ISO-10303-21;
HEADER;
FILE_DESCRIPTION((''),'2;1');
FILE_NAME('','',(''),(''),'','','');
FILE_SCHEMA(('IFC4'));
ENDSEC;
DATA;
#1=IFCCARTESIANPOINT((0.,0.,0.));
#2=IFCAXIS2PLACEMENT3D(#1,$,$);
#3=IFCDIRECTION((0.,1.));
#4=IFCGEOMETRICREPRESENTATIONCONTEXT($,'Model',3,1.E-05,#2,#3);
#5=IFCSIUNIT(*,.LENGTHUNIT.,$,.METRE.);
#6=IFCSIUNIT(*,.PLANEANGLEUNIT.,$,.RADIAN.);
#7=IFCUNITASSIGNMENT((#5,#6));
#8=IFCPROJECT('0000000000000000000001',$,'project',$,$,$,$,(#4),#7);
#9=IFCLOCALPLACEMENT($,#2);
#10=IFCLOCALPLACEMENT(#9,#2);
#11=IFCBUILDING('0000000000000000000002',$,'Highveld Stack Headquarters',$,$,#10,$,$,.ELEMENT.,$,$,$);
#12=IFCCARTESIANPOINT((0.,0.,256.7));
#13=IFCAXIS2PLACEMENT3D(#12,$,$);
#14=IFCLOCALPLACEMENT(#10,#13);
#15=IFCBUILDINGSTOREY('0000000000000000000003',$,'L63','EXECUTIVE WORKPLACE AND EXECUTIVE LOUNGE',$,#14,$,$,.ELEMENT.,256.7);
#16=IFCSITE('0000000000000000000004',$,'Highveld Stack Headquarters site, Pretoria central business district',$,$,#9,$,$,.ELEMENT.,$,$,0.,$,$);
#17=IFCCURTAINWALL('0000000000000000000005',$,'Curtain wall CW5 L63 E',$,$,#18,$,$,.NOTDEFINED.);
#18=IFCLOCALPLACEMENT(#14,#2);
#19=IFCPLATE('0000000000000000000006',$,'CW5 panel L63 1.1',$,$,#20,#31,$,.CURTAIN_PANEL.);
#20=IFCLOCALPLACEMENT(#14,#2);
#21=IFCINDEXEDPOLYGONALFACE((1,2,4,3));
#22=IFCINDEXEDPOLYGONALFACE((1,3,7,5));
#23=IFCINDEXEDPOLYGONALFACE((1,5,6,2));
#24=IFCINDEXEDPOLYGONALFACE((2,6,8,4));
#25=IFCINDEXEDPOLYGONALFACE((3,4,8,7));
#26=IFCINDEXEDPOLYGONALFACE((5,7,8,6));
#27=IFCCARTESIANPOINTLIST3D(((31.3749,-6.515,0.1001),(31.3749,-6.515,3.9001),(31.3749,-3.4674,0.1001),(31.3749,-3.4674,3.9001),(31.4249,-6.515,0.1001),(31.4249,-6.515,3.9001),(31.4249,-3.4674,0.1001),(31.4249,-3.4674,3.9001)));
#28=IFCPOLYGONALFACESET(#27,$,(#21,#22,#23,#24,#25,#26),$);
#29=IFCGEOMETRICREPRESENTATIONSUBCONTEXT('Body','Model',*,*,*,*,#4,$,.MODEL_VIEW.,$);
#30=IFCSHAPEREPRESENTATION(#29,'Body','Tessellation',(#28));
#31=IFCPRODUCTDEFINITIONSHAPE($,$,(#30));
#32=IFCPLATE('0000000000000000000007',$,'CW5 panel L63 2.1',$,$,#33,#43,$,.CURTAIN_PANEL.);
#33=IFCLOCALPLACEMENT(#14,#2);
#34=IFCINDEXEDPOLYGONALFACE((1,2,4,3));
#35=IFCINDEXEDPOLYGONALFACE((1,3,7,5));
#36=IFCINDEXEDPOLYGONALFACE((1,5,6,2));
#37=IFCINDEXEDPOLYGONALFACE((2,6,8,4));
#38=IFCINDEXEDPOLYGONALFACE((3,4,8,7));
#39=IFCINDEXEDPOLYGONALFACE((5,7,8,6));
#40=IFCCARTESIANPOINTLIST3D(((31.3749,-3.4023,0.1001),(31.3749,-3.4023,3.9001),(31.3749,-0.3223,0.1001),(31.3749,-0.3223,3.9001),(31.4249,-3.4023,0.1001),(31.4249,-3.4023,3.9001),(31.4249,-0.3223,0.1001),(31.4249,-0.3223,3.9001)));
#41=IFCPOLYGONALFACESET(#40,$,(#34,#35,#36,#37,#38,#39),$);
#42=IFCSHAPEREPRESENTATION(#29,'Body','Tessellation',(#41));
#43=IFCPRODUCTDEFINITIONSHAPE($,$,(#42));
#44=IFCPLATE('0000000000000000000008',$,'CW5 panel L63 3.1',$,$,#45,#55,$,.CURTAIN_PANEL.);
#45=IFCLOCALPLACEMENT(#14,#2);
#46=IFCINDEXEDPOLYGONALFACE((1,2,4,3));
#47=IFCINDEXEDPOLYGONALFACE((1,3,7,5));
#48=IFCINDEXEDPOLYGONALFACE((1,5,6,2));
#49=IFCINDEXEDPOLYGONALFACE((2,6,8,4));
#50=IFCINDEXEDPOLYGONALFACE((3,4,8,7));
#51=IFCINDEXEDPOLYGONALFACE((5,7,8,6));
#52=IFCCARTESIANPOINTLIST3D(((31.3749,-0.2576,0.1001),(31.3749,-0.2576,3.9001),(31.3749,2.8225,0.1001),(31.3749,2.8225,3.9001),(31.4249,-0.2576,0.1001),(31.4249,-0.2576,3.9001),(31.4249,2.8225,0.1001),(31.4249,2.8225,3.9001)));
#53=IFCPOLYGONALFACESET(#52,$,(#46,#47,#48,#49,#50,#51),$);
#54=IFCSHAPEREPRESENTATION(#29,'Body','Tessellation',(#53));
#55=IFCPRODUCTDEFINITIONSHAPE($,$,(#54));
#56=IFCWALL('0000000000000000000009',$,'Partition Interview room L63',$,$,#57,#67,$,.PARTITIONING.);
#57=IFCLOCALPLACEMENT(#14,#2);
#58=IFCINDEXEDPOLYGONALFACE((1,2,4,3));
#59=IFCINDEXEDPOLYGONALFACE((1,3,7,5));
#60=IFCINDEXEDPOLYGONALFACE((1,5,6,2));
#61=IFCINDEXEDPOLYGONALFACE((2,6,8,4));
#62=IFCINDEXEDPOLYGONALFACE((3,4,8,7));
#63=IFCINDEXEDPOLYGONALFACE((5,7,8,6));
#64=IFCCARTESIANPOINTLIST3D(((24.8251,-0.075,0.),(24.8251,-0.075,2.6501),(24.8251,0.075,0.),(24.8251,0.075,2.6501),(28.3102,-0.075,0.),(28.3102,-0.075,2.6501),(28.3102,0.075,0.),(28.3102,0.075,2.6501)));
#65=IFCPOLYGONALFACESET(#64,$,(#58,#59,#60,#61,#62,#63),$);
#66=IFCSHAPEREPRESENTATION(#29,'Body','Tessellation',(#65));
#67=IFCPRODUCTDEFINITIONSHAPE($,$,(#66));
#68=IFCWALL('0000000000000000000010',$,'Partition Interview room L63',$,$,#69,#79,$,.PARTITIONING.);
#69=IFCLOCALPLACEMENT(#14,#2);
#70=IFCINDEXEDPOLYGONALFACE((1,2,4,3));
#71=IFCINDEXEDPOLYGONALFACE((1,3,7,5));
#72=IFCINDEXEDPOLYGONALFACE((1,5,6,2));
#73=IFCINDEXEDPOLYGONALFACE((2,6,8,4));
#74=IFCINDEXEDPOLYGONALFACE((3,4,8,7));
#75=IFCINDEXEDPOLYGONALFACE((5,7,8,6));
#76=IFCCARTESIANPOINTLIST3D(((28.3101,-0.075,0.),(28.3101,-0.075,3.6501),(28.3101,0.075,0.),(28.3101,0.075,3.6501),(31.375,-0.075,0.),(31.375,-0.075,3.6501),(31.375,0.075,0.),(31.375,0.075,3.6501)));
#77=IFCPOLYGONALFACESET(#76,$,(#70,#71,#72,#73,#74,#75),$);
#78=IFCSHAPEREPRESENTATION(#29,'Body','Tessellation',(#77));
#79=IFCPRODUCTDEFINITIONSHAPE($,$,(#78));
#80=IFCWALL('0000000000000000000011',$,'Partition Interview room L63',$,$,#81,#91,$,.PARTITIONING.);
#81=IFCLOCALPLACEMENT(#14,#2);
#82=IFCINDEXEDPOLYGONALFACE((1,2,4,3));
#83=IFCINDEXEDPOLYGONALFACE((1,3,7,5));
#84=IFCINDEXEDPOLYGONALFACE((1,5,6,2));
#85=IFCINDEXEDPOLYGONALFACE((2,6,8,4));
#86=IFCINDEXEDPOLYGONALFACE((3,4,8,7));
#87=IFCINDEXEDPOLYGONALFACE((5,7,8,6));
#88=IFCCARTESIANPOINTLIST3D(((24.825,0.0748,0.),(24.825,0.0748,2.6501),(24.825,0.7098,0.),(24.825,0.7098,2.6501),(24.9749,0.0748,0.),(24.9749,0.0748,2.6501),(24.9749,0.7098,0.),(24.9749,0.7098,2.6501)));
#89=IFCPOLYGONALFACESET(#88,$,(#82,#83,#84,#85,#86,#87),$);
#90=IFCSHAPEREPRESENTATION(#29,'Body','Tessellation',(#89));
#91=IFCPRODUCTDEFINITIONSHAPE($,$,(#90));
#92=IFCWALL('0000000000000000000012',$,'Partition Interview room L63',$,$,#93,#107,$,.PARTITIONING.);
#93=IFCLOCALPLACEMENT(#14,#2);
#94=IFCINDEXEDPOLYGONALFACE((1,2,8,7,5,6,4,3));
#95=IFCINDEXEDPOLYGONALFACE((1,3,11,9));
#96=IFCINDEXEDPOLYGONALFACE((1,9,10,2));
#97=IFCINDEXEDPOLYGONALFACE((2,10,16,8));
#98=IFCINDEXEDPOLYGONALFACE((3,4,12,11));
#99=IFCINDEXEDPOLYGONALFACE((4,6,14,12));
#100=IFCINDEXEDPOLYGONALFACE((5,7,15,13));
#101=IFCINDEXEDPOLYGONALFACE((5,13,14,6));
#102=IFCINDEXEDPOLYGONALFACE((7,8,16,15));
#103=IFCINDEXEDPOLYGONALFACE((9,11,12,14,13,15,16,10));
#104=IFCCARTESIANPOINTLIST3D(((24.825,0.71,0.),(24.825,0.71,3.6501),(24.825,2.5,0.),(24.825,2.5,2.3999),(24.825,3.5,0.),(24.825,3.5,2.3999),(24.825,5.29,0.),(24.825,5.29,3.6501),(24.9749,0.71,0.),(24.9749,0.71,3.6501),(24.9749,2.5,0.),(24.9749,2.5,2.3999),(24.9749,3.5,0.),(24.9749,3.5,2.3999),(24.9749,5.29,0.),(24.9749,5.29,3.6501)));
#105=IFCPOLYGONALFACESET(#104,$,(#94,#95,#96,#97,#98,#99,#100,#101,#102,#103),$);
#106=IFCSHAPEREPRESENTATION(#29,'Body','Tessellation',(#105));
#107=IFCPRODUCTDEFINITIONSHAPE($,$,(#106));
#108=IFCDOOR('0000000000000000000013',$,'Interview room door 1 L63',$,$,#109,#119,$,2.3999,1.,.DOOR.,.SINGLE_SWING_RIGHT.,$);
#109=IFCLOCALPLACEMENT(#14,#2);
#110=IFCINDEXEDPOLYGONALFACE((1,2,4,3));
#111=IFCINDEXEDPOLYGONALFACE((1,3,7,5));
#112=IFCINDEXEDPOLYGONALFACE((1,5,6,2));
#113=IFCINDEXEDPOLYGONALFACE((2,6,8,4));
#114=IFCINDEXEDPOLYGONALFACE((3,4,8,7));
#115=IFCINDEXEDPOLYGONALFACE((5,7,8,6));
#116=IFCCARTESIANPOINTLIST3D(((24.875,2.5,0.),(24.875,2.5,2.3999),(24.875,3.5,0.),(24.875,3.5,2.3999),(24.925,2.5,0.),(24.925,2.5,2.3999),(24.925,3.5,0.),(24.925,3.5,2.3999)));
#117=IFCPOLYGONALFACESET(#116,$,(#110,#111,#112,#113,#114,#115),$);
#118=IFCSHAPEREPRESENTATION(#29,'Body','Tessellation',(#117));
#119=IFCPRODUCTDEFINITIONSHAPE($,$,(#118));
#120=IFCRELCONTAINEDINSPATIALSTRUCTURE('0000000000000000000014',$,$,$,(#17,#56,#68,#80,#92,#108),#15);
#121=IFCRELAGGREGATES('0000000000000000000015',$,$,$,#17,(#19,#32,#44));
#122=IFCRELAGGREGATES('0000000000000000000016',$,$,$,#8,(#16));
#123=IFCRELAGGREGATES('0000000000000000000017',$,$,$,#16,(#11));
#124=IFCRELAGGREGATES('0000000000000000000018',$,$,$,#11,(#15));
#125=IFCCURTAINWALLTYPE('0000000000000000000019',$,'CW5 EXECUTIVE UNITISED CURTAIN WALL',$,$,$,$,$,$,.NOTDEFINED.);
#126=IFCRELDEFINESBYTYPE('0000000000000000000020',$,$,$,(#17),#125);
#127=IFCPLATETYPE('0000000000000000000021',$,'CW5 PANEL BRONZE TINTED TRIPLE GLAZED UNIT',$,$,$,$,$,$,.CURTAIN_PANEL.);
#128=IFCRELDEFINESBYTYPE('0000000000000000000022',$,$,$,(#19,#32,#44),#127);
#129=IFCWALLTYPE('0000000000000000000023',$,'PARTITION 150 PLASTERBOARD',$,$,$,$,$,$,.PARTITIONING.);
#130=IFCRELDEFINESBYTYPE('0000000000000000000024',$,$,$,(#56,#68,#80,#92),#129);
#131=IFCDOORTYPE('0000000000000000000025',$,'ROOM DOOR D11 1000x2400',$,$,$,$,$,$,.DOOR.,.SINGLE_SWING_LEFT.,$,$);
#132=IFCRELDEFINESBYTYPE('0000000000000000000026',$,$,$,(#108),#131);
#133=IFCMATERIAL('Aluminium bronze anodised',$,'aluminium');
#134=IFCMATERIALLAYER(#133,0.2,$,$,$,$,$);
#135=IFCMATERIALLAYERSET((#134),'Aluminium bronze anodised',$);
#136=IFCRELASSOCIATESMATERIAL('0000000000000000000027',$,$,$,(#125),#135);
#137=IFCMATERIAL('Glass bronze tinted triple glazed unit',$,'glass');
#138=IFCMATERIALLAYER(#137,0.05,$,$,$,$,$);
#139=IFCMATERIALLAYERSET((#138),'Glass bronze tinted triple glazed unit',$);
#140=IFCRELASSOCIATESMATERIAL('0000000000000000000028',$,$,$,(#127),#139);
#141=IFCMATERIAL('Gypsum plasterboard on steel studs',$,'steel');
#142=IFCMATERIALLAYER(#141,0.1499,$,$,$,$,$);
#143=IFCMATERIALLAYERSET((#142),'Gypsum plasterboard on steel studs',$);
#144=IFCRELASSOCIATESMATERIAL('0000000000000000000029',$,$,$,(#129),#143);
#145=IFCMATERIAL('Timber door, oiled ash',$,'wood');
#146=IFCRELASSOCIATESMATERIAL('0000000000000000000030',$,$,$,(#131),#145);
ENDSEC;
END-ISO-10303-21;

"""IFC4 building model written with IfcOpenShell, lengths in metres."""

from ifc_helpers import new_model, si_unit, direction, frame, frame_2d, origin, origin_2d, place, context, subcontext, project, spatial, rectangle, extrude, material, layer, layer_set, type_object, element, fill, aggregate, save


model = new_model("IFC4")

# Units and contexts
model_context = context("Model", 3, precision=1e-05, world=origin(), true_north=direction((0.0, 1.0)))
body_context = subcontext(model_context, "Body", "Model", "MODEL_VIEW")
ifc_project = project(units=[si_unit("LENGTHUNIT", "METRE"), si_unit("PLANEANGLEUNIT", "RADIAN")], contexts=[model_context])

# Site, building, storey
site_placement = place(None, origin())
site = spatial("IfcSite", under=ifc_project, at=site_placement, Name="Highveld Stack Headquarters site, Pretoria central business district", CompositionType="ELEMENT", RefElevation=0.0)
building_placement = place(site_placement, origin())
building = spatial("IfcBuilding", under=site, at=building_placement, Name="Highveld Stack Headquarters", CompositionType="ELEMENT")
storey_placement = place(building_placement, frame((0.0, 0.0, 256.7)))
storey = spatial("IfcBuildingStorey", under=building, at=storey_placement, Name="L63", Description="EXECUTIVE WORKPLACE AND EXECUTIVE LOUNGE", CompositionType="ELEMENT", Elevation=256.7)

# Curtain wall
ifc_material_1 = material(Name="Aluminium bronze anodised", Category="aluminium")
ifc_layer_1 = layer(ifc_material_1, 0.2)
ifc_layer_set_1 = layer_set([ifc_layer_1], Name="Aluminium bronze anodised")
curtain_wall_type = type_object("IfcCurtainWallType", Name="CW5 EXECUTIVE UNITISED CURTAIN WALL", PredefinedType="NOTDEFINED", material=ifc_layer_set_1)
curtain_wall_placement = place(storey_placement, origin())
curtain_wall = element("IfcCurtainWall", 1, at=curtain_wall_placement, inside=storey, type_object=curtain_wall_type, Name="Curtain wall CW5 L63 E", PredefinedType="NOTDEFINED")

# Plates
ifc_material_2 = material(Name="Glass bronze tinted triple glazed unit", Category="glass")
ifc_layer_2 = layer(ifc_material_2, 0.05)
ifc_layer_set_2 = layer_set([ifc_layer_2], Name="Glass bronze tinted triple glazed unit")
plate_type = type_object("IfcPlateType", Name="CW5 PANEL BRONZE TINTED TRIPLE GLAZED UNIT", PredefinedType="CURTAIN_PANEL", material=ifc_layer_set_2)
plate_1_placement = place(storey_placement, frame((31.3999, -4.9912, 0.1001), z_axis=(0.0, 0.0, 1.0), x_axis=(0.0, 1.0, 0.0)))
plate_1 = element("IfcPlate", 2, at=plate_1_placement, type_object=plate_type, Name="CW5 panel L63 1.1", PredefinedType="CURTAIN_PANEL", context=body_context, shape_type="SweptSolid", body=[
    extrude(rectangle(XDim=3.0476, YDim=0.05, at=origin_2d()), origin(), (0.0, 0.0, 1.0), 3.8),
])
plate_2_placement = place(storey_placement, frame((31.3999, -1.8623, 0.1001), z_axis=(0.0, 0.0, 1.0), x_axis=(0.0, 1.0, 0.0)))
plate_2 = element("IfcPlate", 3, at=plate_2_placement, type_object=plate_type, Name="CW5 panel L63 2.1", PredefinedType="CURTAIN_PANEL", context=body_context, shape_type="SweptSolid", body=[
    extrude(rectangle(XDim=3.0801, YDim=0.05, at=origin_2d()), origin(), (0.0, 0.0, 1.0), 3.8),
])
plate_3_placement = place(storey_placement, frame((31.3999, 1.2825, 0.1001), z_axis=(0.0, 0.0, 1.0), x_axis=(0.0, 1.0, 0.0)))
plate_3 = element("IfcPlate", 4, at=plate_3_placement, type_object=plate_type, Name="CW5 panel L63 3.1", PredefinedType="CURTAIN_PANEL", context=body_context, shape_type="SweptSolid", body=[
    extrude(rectangle(XDim=3.0801, YDim=0.05, at=origin_2d()), origin(), (0.0, 0.0, 1.0), 3.8),
])
aggregate(curtain_wall, [plate_1, plate_2, plate_3])

# Walls
ifc_material_3 = material(Name="Gypsum plasterboard on steel studs", Category="steel")
ifc_layer_3 = layer(ifc_material_3, 0.1499)
ifc_layer_set_3 = layer_set([ifc_layer_3], Name="Gypsum plasterboard on steel studs")
wall_type = type_object("IfcWallType", Name="PARTITION 150 PLASTERBOARD", PredefinedType="PARTITIONING", material=ifc_layer_set_3)
wall_1_placement = place(storey_placement, frame((24.825, 0.0, 0.0), z_axis=(0.0, 0.0, 1.0), x_axis=(1.0, 0.0, 0.0)))
element("IfcWall", 5, at=wall_1_placement, inside=storey, type_object=wall_type, Name="Partition Interview room L63", PredefinedType="PARTITIONING", context=body_context, shape_type="SweptSolid", body=[
    extrude(rectangle(XDim=3.4851, YDim=0.1499, at=frame_2d((1.7427, 0.0))), origin(), (0.0, 0.0, 1.0), 2.6501),
])
wall_2_placement = place(storey_placement, frame((28.3101, 0.0, 0.0), z_axis=(0.0, 0.0, 1.0), x_axis=(1.0, 0.0, 0.0)))
element("IfcWall", 6, at=wall_2_placement, inside=storey, type_object=wall_type, Name="Partition Interview room L63", PredefinedType="PARTITIONING", context=body_context, shape_type="SweptSolid", body=[
    extrude(rectangle(XDim=3.0649, YDim=0.1499, at=frame_2d((1.5325, 0.0))), origin(), (0.0, 0.0, 1.0), 3.6501),
])
wall_3_placement = place(storey_placement, frame((24.8999, 0.075, 0.0), z_axis=(0.0, 0.0, 1.0), x_axis=(0.0, 1.0, 0.0)))
element("IfcWall", 7, at=wall_3_placement, inside=storey, type_object=wall_type, Name="Partition Interview room L63", PredefinedType="PARTITIONING", context=body_context, shape_type="SweptSolid", body=[
    extrude(rectangle(XDim=0.635, YDim=0.1499, at=frame_2d((0.3174, 0.0))), origin(), (0.0, 0.0, 1.0), 2.6501),
])

# Wall, opening, door
wall_4_placement = place(storey_placement, frame((24.8999, 0.71, 0.0), z_axis=(0.0, 0.0, 1.0), x_axis=(0.0, 1.0, 0.0)))
wall_4 = element("IfcWall", 8, at=wall_4_placement, inside=storey, type_object=wall_type, Name="Partition Interview room L63", PredefinedType="PARTITIONING", context=body_context, shape_type="SweptSolid", body=[
    extrude(rectangle(XDim=4.5801, YDim=0.1499, at=frame_2d((2.29, 0.0))), origin(), (0.0, 0.0, 1.0), 3.6501),
])
opening_placement = place(wall_4_placement, frame((1.79, 0.0, 0.0)))
opening = element("IfcOpeningElement", 9, at=opening_placement, cuts=wall_4, PredefinedType="OPENING", context=body_context, shape_type="SweptSolid", body=[
    extrude(rectangle(XDim=1.0, YDim=2.3999, at=frame_2d((0.5, 1.2))), frame((0.0, 0.085, 0.0), z_axis=(0.0, -1.0, 0.0), x_axis=(1.0, 0.0, 0.0)), (0.0, 0.0, 1.0), 0.1699),
])
ifc_material_4 = material(Name="Timber door, oiled ash", Category="wood")
door_type = type_object("IfcDoorType", Name="ROOM DOOR D11 1000x2400", OperationType="SINGLE_SWING_LEFT", PredefinedType="DOOR", material=ifc_material_4)
door_placement = place(opening_placement, origin())
door = element("IfcDoor", 10, at=door_placement, inside=storey, type_object=door_type, Name="Interview room door 1 L63", OperationType="SINGLE_SWING_RIGHT", OverallHeight=2.3999, OverallWidth=1.0, PredefinedType="DOOR", context=body_context, shape_type="SweptSolid", body=[
    extrude(rectangle(XDim=1.0, YDim=2.3999, at=frame_2d((0.5, 1.2))), frame((0.0, 0.0249, 0.0), z_axis=(0.0, -1.0, 0.0), x_axis=(1.0, 0.0, 0.0)), (0.0, 0.0, 1.0), 0.05),
])
fill(opening, door)

save(model, "model.ifc")
